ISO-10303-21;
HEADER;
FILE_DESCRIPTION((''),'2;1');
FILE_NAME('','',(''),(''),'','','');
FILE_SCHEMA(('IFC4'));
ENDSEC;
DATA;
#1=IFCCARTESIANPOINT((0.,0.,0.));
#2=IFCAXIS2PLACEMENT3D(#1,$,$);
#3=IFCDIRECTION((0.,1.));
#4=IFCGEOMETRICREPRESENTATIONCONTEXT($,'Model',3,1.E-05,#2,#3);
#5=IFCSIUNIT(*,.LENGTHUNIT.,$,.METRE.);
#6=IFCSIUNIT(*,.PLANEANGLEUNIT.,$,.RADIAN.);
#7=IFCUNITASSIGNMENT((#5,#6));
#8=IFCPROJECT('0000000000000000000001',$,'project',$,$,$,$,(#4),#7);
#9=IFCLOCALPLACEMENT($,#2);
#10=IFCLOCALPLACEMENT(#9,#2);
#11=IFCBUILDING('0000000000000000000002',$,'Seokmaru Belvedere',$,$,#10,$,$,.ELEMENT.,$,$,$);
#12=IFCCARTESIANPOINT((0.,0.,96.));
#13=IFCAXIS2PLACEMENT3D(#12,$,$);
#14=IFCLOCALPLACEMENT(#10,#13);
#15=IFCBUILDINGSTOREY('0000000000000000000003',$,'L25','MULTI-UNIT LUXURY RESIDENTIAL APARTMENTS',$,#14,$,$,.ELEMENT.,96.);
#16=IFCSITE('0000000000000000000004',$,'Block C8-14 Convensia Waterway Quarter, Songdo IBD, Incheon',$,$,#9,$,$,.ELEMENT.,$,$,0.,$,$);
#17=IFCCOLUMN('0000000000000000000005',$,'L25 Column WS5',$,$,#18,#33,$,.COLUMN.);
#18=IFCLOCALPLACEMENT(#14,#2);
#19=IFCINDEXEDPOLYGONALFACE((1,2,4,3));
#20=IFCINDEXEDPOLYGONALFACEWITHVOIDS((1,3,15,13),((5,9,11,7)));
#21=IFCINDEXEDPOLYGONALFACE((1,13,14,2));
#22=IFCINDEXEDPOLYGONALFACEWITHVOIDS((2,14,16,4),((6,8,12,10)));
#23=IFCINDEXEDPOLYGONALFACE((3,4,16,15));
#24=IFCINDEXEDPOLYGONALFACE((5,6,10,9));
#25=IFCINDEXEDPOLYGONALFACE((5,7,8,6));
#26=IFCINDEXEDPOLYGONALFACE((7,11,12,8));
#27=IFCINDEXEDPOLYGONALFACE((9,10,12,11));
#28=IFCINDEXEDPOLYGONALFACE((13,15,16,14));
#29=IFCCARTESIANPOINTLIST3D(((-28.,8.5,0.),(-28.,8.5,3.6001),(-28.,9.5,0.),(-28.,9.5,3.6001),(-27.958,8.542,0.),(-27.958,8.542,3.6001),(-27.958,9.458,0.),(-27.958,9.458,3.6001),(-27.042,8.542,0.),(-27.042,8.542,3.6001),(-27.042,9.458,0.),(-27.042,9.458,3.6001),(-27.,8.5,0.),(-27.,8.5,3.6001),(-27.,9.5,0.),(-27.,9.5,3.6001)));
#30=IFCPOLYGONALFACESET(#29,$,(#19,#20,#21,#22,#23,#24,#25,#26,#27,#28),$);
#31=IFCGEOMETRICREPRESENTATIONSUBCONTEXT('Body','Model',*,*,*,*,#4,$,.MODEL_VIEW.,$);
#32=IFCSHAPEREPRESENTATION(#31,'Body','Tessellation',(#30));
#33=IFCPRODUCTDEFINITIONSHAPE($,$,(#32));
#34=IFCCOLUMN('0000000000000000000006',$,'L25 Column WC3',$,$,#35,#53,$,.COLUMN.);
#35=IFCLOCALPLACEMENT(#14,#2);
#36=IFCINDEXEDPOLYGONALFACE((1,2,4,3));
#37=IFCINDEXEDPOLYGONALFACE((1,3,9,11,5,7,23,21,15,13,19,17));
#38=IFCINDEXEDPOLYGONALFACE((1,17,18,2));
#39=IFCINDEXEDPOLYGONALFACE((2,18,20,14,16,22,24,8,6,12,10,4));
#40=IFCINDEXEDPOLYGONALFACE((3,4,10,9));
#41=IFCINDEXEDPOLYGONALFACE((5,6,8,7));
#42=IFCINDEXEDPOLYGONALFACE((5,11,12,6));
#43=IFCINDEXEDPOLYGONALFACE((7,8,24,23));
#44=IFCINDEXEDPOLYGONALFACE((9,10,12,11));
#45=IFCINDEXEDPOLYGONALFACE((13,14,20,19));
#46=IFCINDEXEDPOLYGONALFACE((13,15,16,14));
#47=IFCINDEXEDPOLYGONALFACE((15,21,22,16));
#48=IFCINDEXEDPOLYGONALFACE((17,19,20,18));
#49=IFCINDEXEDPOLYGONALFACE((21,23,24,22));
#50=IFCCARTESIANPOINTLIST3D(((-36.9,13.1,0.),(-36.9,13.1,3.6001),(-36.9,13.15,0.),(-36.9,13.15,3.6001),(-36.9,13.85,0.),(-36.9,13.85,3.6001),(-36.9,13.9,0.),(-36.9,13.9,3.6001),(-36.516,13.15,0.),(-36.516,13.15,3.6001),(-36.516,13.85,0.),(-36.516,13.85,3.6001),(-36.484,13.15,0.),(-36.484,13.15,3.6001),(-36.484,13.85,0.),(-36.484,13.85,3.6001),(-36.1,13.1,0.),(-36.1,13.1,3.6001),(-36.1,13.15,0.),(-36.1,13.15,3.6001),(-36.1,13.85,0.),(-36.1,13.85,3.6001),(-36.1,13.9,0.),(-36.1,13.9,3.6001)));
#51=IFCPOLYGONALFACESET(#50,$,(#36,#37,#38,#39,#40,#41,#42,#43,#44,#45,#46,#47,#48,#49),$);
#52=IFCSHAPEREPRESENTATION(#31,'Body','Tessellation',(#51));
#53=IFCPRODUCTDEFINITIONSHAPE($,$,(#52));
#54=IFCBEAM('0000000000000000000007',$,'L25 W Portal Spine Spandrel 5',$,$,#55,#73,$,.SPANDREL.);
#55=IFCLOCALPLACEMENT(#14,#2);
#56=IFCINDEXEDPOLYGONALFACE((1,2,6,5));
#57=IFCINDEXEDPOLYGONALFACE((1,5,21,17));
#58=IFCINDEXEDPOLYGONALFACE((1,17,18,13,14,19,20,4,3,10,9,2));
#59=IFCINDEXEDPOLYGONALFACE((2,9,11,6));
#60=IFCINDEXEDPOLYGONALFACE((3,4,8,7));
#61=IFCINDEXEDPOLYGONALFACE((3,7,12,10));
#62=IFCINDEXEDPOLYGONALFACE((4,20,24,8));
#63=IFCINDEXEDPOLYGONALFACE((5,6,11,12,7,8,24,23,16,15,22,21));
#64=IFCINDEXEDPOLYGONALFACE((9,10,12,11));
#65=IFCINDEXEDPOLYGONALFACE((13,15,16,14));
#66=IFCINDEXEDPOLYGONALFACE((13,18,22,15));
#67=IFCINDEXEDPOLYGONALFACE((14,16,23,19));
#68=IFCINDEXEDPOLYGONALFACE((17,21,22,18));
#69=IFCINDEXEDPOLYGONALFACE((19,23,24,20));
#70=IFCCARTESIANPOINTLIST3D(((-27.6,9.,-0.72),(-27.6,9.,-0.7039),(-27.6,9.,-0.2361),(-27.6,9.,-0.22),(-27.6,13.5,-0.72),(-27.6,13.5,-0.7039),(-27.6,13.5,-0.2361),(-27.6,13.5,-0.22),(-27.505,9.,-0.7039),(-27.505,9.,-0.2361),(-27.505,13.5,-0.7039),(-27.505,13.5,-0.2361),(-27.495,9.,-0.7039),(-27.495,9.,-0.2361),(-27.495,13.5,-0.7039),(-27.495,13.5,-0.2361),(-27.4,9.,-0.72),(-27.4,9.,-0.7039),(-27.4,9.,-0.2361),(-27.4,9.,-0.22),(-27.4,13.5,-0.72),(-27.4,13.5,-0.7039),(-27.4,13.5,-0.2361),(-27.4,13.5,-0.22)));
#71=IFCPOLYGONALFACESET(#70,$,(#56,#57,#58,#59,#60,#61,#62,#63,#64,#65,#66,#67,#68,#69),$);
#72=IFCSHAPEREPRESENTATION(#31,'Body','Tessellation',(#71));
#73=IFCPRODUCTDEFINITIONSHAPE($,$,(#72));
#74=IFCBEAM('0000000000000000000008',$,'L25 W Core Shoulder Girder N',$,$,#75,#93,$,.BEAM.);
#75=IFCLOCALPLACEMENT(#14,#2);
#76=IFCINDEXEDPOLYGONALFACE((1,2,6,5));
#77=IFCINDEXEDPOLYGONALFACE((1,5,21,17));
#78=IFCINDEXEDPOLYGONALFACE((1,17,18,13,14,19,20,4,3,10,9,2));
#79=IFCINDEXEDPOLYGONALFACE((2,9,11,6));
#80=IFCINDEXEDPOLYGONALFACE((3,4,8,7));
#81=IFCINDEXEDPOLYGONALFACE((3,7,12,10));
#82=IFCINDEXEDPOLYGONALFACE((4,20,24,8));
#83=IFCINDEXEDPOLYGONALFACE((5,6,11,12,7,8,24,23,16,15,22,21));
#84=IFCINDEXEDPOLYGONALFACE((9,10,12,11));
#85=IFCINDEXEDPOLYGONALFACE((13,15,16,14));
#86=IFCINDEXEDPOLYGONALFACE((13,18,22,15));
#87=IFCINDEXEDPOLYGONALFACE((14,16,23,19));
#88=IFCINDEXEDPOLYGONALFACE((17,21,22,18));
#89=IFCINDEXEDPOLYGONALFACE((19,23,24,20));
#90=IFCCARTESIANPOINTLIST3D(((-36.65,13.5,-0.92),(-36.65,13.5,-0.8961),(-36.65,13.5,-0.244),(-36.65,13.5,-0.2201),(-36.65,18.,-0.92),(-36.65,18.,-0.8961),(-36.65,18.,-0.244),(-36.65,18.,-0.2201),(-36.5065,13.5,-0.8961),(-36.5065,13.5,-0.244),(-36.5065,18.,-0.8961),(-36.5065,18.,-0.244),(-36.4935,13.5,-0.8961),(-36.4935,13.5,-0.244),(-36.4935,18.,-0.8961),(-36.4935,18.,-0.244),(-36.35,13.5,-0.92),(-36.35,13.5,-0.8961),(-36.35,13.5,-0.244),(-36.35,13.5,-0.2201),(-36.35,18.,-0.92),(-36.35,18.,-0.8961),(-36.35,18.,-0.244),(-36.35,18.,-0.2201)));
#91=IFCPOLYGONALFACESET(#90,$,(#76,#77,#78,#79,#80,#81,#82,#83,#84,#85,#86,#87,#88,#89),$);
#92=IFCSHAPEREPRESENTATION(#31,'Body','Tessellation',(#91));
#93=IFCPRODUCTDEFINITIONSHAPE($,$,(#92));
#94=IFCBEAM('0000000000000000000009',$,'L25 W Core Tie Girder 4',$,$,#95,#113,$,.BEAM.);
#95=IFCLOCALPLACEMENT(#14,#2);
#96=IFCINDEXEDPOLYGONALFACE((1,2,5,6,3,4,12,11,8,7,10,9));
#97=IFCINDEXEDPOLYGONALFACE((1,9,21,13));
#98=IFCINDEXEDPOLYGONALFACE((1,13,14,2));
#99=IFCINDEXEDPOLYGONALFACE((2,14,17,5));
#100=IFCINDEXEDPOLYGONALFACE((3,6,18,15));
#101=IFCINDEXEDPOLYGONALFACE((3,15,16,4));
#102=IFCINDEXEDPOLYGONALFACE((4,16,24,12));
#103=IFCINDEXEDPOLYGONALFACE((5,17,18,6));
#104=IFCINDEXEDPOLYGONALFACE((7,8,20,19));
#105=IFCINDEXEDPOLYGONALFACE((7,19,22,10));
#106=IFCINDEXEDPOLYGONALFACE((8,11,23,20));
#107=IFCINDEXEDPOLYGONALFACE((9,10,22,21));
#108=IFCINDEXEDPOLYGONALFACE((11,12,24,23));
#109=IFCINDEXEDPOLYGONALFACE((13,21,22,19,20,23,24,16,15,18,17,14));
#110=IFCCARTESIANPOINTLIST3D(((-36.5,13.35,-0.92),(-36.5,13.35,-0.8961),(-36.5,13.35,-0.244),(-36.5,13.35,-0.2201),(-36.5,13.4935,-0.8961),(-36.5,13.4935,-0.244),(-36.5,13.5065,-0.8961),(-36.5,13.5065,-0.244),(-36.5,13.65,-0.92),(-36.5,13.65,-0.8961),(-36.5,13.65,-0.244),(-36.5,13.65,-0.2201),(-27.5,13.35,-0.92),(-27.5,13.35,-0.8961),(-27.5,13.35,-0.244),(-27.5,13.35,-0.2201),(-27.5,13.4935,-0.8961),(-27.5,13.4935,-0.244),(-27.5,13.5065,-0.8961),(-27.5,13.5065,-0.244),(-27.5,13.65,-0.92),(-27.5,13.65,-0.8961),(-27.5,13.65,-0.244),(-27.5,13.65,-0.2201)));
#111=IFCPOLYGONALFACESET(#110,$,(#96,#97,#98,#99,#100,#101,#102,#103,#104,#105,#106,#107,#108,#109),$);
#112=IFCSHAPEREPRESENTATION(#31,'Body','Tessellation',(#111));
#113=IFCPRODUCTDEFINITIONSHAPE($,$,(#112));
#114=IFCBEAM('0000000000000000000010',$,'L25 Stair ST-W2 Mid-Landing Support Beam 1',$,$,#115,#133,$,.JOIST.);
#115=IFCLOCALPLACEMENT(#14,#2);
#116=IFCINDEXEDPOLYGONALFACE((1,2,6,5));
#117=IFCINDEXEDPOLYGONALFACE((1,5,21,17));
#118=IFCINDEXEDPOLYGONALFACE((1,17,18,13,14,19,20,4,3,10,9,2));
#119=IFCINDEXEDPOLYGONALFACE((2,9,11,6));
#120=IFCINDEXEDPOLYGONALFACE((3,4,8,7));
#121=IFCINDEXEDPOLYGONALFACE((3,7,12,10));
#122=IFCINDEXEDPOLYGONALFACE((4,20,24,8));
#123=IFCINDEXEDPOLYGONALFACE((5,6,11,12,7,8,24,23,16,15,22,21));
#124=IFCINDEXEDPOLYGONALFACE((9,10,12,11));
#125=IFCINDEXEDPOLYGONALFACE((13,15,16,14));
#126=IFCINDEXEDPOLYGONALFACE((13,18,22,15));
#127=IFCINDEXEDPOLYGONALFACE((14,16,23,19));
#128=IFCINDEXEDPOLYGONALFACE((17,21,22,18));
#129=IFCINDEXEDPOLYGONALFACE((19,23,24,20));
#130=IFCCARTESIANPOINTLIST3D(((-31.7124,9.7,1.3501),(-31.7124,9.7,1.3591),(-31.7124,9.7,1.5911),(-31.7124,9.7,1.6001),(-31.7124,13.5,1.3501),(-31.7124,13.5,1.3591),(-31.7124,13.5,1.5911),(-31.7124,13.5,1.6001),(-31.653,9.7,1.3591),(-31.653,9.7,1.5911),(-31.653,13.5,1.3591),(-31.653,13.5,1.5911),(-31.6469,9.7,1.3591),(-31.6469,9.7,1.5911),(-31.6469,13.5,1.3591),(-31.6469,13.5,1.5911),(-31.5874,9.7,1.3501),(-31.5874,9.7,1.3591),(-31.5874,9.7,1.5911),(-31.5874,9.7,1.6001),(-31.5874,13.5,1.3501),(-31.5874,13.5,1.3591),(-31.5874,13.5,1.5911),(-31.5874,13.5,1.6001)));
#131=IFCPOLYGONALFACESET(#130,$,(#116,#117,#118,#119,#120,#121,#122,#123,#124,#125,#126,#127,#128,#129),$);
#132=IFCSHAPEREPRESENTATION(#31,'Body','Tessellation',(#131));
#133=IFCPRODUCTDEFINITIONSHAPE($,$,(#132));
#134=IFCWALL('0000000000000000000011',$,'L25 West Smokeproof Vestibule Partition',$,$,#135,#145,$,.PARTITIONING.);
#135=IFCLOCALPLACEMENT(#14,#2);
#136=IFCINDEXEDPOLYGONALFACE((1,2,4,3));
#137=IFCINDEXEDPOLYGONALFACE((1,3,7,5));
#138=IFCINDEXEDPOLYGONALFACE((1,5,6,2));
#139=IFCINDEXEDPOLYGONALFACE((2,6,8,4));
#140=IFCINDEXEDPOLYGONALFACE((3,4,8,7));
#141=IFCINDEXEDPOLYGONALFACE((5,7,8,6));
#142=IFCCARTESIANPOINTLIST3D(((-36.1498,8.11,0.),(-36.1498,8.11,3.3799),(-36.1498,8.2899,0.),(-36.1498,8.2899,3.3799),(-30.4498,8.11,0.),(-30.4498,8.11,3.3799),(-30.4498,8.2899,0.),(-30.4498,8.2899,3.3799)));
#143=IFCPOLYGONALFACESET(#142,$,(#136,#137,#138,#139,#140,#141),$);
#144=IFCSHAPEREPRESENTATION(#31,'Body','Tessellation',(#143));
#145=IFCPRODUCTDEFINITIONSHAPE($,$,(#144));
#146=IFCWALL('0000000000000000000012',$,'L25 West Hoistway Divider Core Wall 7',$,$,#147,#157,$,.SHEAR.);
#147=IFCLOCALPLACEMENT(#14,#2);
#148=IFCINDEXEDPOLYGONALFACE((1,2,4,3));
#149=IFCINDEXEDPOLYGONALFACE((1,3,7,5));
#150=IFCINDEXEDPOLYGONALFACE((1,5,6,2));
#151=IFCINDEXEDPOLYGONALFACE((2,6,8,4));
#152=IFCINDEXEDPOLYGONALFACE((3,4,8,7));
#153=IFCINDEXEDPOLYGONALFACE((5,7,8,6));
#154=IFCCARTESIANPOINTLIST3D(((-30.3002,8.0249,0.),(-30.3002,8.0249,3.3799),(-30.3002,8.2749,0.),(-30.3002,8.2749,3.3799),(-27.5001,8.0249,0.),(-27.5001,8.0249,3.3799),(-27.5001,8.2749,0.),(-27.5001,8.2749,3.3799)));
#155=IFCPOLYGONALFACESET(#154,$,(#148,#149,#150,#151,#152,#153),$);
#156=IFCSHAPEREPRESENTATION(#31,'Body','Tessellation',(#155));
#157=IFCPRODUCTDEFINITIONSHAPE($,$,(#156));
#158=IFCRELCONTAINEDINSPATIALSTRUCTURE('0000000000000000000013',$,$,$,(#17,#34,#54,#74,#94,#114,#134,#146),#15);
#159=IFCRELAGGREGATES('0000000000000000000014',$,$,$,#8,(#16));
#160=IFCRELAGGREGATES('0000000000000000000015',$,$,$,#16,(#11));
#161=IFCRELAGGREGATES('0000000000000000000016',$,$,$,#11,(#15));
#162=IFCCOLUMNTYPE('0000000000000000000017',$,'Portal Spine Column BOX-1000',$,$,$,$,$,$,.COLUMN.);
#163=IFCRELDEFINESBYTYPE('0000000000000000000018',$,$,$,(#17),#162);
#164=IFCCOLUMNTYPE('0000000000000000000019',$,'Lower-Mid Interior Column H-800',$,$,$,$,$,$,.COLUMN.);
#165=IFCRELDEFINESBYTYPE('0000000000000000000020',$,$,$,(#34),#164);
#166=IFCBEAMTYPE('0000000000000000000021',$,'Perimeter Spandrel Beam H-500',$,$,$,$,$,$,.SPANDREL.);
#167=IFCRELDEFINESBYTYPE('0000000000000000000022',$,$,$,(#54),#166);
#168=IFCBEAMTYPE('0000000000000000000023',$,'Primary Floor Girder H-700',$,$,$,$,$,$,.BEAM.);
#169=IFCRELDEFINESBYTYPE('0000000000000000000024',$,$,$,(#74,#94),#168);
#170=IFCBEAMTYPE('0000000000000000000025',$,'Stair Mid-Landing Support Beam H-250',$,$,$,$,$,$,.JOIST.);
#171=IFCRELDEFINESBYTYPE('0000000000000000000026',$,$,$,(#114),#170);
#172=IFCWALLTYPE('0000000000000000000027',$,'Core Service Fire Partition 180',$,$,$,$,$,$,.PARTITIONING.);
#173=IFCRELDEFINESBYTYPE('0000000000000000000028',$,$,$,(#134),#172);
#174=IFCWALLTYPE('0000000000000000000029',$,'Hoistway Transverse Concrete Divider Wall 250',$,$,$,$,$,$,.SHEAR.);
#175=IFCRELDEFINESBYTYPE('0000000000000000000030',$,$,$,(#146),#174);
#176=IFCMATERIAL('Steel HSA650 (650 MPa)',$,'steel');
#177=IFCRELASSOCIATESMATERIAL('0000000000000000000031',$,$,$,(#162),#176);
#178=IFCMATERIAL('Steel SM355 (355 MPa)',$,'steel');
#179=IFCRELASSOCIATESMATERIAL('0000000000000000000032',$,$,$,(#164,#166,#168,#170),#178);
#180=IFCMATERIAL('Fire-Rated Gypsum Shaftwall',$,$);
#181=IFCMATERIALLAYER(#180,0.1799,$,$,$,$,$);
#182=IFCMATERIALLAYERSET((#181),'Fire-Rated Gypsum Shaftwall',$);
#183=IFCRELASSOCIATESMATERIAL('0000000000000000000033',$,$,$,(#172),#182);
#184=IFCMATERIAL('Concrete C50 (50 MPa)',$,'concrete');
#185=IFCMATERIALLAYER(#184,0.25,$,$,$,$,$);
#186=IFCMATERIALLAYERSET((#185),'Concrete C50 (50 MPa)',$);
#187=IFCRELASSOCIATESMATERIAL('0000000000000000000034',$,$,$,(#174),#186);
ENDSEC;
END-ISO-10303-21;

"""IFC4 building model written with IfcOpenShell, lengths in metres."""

from ifc_helpers import new_model, si_unit, direction, frame, frame_2d, origin, origin_2d, place, context, subcontext, project, spatial, rectangle, hollow_rectangle, i_section, extrude, source, transform, mapped, material, layer, layer_set, material_profile, profile_set, type_object, type_shapes, element, save


model = new_model("IFC4")

# Units and contexts
model_context = context("Model", 3, precision=1e-05, world=origin(), true_north=direction((0.0, 1.0)))
body_context = subcontext(model_context, "Body", "Model", "MODEL_VIEW")
ifc_project = project(units=[si_unit("LENGTHUNIT", "METRE"), si_unit("PLANEANGLEUNIT", "RADIAN")], contexts=[model_context])

# Site, building, storey
site_placement = place(None, origin())
site = spatial("IfcSite", under=ifc_project, at=site_placement, Name="Block C8-14 Convensia Waterway Quarter, Songdo IBD, Incheon", CompositionType="ELEMENT", RefElevation=0.0)
building_placement = place(site_placement, origin())
building = spatial("IfcBuilding", under=site, at=building_placement, Name="Seokmaru Belvedere", CompositionType="ELEMENT")
storey_placement = place(building_placement, frame((0.0, 0.0, 96.0)))
storey = spatial("IfcBuildingStorey", under=building, at=storey_placement, Name="L25", Description="MULTI-UNIT LUXURY RESIDENTIAL APARTMENTS", CompositionType="ELEMENT", Elevation=96.0)

# Columns
ifc_material_1 = material(Name="Steel HSA650 (650 MPa)", Category="steel")
ifc_material_profile_1 = material_profile(ifc_material_1, hollow_rectangle(XDim=1.0, YDim=1.0, WallThickness=0.042, at=origin_2d()), Name="BOX-1000x1000x42")
ifc_profile_set_1 = profile_set([ifc_material_profile_1], Name="Steel HSA650 (650 MPa)")
column_type_1 = type_object("IfcColumnType", Name="Portal Spine Column BOX-1000", PredefinedType="COLUMN", material=ifc_profile_set_1)
shared_shape_1 = source(origin(), body_context, "Body", "SweptSolid", [
    extrude(hollow_rectangle(XDim=1.0, YDim=1.0, WallThickness=0.042, at=origin_2d()), origin(), (0.0, 0.0, 1.0), 3.6001),
])
type_shapes(column_type_1, [shared_shape_1])
column_1_placement = place(storey_placement, frame((-27.5, 9.0, 0.0), z_axis=(0.0, 0.0, 1.0), x_axis=(1.0, 0.0, 0.0)))
element("IfcColumn", 1, at=column_1_placement, inside=storey, type_object=column_type_1, Name="L25 Column WS5", PredefinedType="COLUMN", context=body_context, shape_type="MappedRepresentation", body=[
    mapped(shared_shape_1, transform((0.0, 0.0, 0.0), scale=1.0)),
])
ifc_material_2 = material(Name="Steel SM355 (355 MPa)", Category="steel")
ifc_material_profile_2 = material_profile(ifc_material_2, i_section(OverallWidth=0.8, OverallDepth=0.8, WebThickness=0.032, FlangeThickness=0.05, at=origin_2d()), Name="H-800x800x32x50")
ifc_profile_set_2 = profile_set([ifc_material_profile_2], Name="Steel SM355 (355 MPa)")
column_type_2 = type_object("IfcColumnType", Name="Lower-Mid Interior Column H-800", PredefinedType="COLUMN", material=ifc_profile_set_2)
shared_shape_2 = source(origin(), body_context, "Body", "SweptSolid", [
    extrude(i_section(OverallWidth=0.8, OverallDepth=0.8, WebThickness=0.032, FlangeThickness=0.05, at=origin_2d()), origin(), (0.0, 0.0, 1.0), 3.6001),
])
type_shapes(column_type_2, [shared_shape_2])
column_2_placement = place(storey_placement, frame((-36.5, 13.5, 0.0), z_axis=(0.0, 0.0, 1.0), x_axis=(1.0, 0.0, 0.0)))
element("IfcColumn", 2, at=column_2_placement, inside=storey, type_object=column_type_2, Name="L25 Column WC3", PredefinedType="COLUMN", context=body_context, shape_type="MappedRepresentation", body=[
    mapped(shared_shape_2, transform((0.0, 0.0, 0.0), scale=1.0)),
])

# Beams
ifc_material_profile_3 = material_profile(ifc_material_2, i_section(OverallWidth=0.2, OverallDepth=0.5, WebThickness=0.01, FlangeThickness=0.0161, at=origin_2d()), Name="H-500x200x10x16")
ifc_profile_set_3 = profile_set([ifc_material_profile_3], Name="Steel SM355 (355 MPa)")
beam_type_1 = type_object("IfcBeamType", Name="Perimeter Spandrel Beam H-500", PredefinedType="SPANDREL", material=ifc_profile_set_3)
shared_shape_3 = source(origin(), body_context, "Body", "SweptSolid", [
    extrude(i_section(OverallWidth=0.2, OverallDepth=0.5, WebThickness=0.01, FlangeThickness=0.0161, at=origin_2d()), origin(), (0.0, 0.0, 1.0), 4.5),
])
type_shapes(beam_type_1, [shared_shape_3])
beam_1_placement = place(storey_placement, frame((-27.5, 9.0, -0.47), z_axis=(0.0, 1.0, 0.0), x_axis=(-1.0, 0.0, 0.0)))
element("IfcBeam", 3, at=beam_1_placement, inside=storey, type_object=beam_type_1, Name="L25 W Portal Spine Spandrel 5", PredefinedType="SPANDREL", context=body_context, shape_type="MappedRepresentation", body=[
    mapped(shared_shape_3, transform((0.0, 0.0, 0.0), scale=1.0)),
])
ifc_material_profile_4 = material_profile(ifc_material_2, i_section(OverallWidth=0.3, OverallDepth=0.7, WebThickness=0.0129, FlangeThickness=0.0239, at=origin_2d()), Name="H-700x300x13x24")
ifc_profile_set_4 = profile_set([ifc_material_profile_4], Name="Steel SM355 (355 MPa)")
beam_type_2 = type_object("IfcBeamType", Name="Primary Floor Girder H-700", PredefinedType="BEAM", material=ifc_profile_set_4)
shared_shape_4 = source(origin(), body_context, "Body", "SweptSolid", [
    extrude(i_section(OverallWidth=0.3, OverallDepth=0.7, WebThickness=0.0129, FlangeThickness=0.0239, at=origin_2d()), origin(), (0.0, 0.0, 1.0), 4.5),
])
beam_2_placement = place(storey_placement, frame((-36.5, 13.5, -0.5701), z_axis=(0.0, 1.0, 0.0), x_axis=(-1.0, 0.0, 0.0)))
element("IfcBeam", 4, at=beam_2_placement, inside=storey, type_object=beam_type_2, Name="L25 W Core Shoulder Girder N", PredefinedType="BEAM", context=body_context, shape_type="MappedRepresentation", body=[
    mapped(shared_shape_4, transform((0.0, 0.0, 0.0), scale=1.0)),
])
shared_shape_5 = source(origin(), body_context, "Body", "SweptSolid", [
    extrude(i_section(OverallWidth=0.3, OverallDepth=0.7, WebThickness=0.0129, FlangeThickness=0.0239, at=origin_2d()), origin(), (0.0, 0.0, 1.0), 9.0),
])
type_shapes(beam_type_2, [shared_shape_4, shared_shape_5])
beam_3_placement = place(storey_placement, frame((-36.5, 13.5, -0.5701), z_axis=(1.0, 0.0, 0.0), x_axis=(0.0, 1.0, 0.0)))
element("IfcBeam", 5, at=beam_3_placement, inside=storey, type_object=beam_type_2, Name="L25 W Core Tie Girder 4", PredefinedType="BEAM", context=body_context, shape_type="MappedRepresentation", body=[
    mapped(shared_shape_5, transform((0.0, 0.0, 0.0), scale=1.0)),
])
ifc_material_profile_5 = material_profile(ifc_material_2, i_section(OverallWidth=0.125, OverallDepth=0.25, WebThickness=0.0061, FlangeThickness=0.009, at=origin_2d()), Name="H-250x125x6x9")
ifc_profile_set_5 = profile_set([ifc_material_profile_5], Name="Steel SM355 (355 MPa)")
beam_type_3 = type_object("IfcBeamType", Name="Stair Mid-Landing Support Beam H-250", PredefinedType="JOIST", material=ifc_profile_set_5)
shared_shape_6 = source(origin(), body_context, "Body", "SweptSolid", [
    extrude(i_section(OverallWidth=0.125, OverallDepth=0.25, WebThickness=0.0061, FlangeThickness=0.009, at=origin_2d()), origin(), (0.0, 0.0, 1.0), 3.8),
])
type_shapes(beam_type_3, [shared_shape_6])
beam_4_placement = place(storey_placement, frame((-31.6499, 9.7, 1.4751), z_axis=(0.0, 1.0, 0.0), x_axis=(-1.0, 0.0, 0.0)))
element("IfcBeam", 6, at=beam_4_placement, inside=storey, type_object=beam_type_3, Name="L25 Stair ST-W2 Mid-Landing Support Beam 1", PredefinedType="JOIST", context=body_context, shape_type="MappedRepresentation", body=[
    mapped(shared_shape_6, transform((0.0, 0.0, 0.0), scale=1.0)),
])

# Walls
ifc_material_3 = material(Name="Fire-Rated Gypsum Shaftwall")
ifc_layer_1 = layer(ifc_material_3, 0.1799)
ifc_layer_set_1 = layer_set([ifc_layer_1], Name="Fire-Rated Gypsum Shaftwall")
wall_type_1 = type_object("IfcWallType", Name="Core Service Fire Partition 180", PredefinedType="PARTITIONING", material=ifc_layer_set_1)
wall_1_placement = place(storey_placement, frame((-36.1499, 8.2, 0.0), z_axis=(0.0, 0.0, 1.0), x_axis=(1.0, 0.0, 0.0)))
element("IfcWall", 7, at=wall_1_placement, inside=storey, type_object=wall_type_1, Name="L25 West Smokeproof Vestibule Partition", PredefinedType="PARTITIONING", context=body_context, shape_type="SweptSolid", body=[
    extrude(rectangle(XDim=5.7, YDim=0.1799, at=frame_2d((2.8501, 0.0))), origin(), (0.0, 0.0, 1.0), 3.3799),
])
ifc_material_4 = material(Name="Concrete C50 (50 MPa)", Category="concrete")
ifc_layer_2 = layer(ifc_material_4, 0.25)
ifc_layer_set_2 = layer_set([ifc_layer_2], Name="Concrete C50 (50 MPa)")
wall_type_2 = type_object("IfcWallType", Name="Hoistway Transverse Concrete Divider Wall 250", PredefinedType="SHEAR", material=ifc_layer_set_2)
wall_2_placement = place(storey_placement, frame((-30.3, 8.1499, 0.0), z_axis=(0.0, 0.0, 1.0), x_axis=(1.0, 0.0, 0.0)))
element("IfcWall", 8, at=wall_2_placement, inside=storey, type_object=wall_type_2, Name="L25 West Hoistway Divider Core Wall 7", PredefinedType="SHEAR", context=body_context, shape_type="SweptSolid", body=[
    extrude(rectangle(XDim=2.8, YDim=0.25, at=frame_2d((1.3999, 0.0))), origin(), (0.0, 0.0, 1.0), 3.3799),
])

save(model, "model.ifc")
